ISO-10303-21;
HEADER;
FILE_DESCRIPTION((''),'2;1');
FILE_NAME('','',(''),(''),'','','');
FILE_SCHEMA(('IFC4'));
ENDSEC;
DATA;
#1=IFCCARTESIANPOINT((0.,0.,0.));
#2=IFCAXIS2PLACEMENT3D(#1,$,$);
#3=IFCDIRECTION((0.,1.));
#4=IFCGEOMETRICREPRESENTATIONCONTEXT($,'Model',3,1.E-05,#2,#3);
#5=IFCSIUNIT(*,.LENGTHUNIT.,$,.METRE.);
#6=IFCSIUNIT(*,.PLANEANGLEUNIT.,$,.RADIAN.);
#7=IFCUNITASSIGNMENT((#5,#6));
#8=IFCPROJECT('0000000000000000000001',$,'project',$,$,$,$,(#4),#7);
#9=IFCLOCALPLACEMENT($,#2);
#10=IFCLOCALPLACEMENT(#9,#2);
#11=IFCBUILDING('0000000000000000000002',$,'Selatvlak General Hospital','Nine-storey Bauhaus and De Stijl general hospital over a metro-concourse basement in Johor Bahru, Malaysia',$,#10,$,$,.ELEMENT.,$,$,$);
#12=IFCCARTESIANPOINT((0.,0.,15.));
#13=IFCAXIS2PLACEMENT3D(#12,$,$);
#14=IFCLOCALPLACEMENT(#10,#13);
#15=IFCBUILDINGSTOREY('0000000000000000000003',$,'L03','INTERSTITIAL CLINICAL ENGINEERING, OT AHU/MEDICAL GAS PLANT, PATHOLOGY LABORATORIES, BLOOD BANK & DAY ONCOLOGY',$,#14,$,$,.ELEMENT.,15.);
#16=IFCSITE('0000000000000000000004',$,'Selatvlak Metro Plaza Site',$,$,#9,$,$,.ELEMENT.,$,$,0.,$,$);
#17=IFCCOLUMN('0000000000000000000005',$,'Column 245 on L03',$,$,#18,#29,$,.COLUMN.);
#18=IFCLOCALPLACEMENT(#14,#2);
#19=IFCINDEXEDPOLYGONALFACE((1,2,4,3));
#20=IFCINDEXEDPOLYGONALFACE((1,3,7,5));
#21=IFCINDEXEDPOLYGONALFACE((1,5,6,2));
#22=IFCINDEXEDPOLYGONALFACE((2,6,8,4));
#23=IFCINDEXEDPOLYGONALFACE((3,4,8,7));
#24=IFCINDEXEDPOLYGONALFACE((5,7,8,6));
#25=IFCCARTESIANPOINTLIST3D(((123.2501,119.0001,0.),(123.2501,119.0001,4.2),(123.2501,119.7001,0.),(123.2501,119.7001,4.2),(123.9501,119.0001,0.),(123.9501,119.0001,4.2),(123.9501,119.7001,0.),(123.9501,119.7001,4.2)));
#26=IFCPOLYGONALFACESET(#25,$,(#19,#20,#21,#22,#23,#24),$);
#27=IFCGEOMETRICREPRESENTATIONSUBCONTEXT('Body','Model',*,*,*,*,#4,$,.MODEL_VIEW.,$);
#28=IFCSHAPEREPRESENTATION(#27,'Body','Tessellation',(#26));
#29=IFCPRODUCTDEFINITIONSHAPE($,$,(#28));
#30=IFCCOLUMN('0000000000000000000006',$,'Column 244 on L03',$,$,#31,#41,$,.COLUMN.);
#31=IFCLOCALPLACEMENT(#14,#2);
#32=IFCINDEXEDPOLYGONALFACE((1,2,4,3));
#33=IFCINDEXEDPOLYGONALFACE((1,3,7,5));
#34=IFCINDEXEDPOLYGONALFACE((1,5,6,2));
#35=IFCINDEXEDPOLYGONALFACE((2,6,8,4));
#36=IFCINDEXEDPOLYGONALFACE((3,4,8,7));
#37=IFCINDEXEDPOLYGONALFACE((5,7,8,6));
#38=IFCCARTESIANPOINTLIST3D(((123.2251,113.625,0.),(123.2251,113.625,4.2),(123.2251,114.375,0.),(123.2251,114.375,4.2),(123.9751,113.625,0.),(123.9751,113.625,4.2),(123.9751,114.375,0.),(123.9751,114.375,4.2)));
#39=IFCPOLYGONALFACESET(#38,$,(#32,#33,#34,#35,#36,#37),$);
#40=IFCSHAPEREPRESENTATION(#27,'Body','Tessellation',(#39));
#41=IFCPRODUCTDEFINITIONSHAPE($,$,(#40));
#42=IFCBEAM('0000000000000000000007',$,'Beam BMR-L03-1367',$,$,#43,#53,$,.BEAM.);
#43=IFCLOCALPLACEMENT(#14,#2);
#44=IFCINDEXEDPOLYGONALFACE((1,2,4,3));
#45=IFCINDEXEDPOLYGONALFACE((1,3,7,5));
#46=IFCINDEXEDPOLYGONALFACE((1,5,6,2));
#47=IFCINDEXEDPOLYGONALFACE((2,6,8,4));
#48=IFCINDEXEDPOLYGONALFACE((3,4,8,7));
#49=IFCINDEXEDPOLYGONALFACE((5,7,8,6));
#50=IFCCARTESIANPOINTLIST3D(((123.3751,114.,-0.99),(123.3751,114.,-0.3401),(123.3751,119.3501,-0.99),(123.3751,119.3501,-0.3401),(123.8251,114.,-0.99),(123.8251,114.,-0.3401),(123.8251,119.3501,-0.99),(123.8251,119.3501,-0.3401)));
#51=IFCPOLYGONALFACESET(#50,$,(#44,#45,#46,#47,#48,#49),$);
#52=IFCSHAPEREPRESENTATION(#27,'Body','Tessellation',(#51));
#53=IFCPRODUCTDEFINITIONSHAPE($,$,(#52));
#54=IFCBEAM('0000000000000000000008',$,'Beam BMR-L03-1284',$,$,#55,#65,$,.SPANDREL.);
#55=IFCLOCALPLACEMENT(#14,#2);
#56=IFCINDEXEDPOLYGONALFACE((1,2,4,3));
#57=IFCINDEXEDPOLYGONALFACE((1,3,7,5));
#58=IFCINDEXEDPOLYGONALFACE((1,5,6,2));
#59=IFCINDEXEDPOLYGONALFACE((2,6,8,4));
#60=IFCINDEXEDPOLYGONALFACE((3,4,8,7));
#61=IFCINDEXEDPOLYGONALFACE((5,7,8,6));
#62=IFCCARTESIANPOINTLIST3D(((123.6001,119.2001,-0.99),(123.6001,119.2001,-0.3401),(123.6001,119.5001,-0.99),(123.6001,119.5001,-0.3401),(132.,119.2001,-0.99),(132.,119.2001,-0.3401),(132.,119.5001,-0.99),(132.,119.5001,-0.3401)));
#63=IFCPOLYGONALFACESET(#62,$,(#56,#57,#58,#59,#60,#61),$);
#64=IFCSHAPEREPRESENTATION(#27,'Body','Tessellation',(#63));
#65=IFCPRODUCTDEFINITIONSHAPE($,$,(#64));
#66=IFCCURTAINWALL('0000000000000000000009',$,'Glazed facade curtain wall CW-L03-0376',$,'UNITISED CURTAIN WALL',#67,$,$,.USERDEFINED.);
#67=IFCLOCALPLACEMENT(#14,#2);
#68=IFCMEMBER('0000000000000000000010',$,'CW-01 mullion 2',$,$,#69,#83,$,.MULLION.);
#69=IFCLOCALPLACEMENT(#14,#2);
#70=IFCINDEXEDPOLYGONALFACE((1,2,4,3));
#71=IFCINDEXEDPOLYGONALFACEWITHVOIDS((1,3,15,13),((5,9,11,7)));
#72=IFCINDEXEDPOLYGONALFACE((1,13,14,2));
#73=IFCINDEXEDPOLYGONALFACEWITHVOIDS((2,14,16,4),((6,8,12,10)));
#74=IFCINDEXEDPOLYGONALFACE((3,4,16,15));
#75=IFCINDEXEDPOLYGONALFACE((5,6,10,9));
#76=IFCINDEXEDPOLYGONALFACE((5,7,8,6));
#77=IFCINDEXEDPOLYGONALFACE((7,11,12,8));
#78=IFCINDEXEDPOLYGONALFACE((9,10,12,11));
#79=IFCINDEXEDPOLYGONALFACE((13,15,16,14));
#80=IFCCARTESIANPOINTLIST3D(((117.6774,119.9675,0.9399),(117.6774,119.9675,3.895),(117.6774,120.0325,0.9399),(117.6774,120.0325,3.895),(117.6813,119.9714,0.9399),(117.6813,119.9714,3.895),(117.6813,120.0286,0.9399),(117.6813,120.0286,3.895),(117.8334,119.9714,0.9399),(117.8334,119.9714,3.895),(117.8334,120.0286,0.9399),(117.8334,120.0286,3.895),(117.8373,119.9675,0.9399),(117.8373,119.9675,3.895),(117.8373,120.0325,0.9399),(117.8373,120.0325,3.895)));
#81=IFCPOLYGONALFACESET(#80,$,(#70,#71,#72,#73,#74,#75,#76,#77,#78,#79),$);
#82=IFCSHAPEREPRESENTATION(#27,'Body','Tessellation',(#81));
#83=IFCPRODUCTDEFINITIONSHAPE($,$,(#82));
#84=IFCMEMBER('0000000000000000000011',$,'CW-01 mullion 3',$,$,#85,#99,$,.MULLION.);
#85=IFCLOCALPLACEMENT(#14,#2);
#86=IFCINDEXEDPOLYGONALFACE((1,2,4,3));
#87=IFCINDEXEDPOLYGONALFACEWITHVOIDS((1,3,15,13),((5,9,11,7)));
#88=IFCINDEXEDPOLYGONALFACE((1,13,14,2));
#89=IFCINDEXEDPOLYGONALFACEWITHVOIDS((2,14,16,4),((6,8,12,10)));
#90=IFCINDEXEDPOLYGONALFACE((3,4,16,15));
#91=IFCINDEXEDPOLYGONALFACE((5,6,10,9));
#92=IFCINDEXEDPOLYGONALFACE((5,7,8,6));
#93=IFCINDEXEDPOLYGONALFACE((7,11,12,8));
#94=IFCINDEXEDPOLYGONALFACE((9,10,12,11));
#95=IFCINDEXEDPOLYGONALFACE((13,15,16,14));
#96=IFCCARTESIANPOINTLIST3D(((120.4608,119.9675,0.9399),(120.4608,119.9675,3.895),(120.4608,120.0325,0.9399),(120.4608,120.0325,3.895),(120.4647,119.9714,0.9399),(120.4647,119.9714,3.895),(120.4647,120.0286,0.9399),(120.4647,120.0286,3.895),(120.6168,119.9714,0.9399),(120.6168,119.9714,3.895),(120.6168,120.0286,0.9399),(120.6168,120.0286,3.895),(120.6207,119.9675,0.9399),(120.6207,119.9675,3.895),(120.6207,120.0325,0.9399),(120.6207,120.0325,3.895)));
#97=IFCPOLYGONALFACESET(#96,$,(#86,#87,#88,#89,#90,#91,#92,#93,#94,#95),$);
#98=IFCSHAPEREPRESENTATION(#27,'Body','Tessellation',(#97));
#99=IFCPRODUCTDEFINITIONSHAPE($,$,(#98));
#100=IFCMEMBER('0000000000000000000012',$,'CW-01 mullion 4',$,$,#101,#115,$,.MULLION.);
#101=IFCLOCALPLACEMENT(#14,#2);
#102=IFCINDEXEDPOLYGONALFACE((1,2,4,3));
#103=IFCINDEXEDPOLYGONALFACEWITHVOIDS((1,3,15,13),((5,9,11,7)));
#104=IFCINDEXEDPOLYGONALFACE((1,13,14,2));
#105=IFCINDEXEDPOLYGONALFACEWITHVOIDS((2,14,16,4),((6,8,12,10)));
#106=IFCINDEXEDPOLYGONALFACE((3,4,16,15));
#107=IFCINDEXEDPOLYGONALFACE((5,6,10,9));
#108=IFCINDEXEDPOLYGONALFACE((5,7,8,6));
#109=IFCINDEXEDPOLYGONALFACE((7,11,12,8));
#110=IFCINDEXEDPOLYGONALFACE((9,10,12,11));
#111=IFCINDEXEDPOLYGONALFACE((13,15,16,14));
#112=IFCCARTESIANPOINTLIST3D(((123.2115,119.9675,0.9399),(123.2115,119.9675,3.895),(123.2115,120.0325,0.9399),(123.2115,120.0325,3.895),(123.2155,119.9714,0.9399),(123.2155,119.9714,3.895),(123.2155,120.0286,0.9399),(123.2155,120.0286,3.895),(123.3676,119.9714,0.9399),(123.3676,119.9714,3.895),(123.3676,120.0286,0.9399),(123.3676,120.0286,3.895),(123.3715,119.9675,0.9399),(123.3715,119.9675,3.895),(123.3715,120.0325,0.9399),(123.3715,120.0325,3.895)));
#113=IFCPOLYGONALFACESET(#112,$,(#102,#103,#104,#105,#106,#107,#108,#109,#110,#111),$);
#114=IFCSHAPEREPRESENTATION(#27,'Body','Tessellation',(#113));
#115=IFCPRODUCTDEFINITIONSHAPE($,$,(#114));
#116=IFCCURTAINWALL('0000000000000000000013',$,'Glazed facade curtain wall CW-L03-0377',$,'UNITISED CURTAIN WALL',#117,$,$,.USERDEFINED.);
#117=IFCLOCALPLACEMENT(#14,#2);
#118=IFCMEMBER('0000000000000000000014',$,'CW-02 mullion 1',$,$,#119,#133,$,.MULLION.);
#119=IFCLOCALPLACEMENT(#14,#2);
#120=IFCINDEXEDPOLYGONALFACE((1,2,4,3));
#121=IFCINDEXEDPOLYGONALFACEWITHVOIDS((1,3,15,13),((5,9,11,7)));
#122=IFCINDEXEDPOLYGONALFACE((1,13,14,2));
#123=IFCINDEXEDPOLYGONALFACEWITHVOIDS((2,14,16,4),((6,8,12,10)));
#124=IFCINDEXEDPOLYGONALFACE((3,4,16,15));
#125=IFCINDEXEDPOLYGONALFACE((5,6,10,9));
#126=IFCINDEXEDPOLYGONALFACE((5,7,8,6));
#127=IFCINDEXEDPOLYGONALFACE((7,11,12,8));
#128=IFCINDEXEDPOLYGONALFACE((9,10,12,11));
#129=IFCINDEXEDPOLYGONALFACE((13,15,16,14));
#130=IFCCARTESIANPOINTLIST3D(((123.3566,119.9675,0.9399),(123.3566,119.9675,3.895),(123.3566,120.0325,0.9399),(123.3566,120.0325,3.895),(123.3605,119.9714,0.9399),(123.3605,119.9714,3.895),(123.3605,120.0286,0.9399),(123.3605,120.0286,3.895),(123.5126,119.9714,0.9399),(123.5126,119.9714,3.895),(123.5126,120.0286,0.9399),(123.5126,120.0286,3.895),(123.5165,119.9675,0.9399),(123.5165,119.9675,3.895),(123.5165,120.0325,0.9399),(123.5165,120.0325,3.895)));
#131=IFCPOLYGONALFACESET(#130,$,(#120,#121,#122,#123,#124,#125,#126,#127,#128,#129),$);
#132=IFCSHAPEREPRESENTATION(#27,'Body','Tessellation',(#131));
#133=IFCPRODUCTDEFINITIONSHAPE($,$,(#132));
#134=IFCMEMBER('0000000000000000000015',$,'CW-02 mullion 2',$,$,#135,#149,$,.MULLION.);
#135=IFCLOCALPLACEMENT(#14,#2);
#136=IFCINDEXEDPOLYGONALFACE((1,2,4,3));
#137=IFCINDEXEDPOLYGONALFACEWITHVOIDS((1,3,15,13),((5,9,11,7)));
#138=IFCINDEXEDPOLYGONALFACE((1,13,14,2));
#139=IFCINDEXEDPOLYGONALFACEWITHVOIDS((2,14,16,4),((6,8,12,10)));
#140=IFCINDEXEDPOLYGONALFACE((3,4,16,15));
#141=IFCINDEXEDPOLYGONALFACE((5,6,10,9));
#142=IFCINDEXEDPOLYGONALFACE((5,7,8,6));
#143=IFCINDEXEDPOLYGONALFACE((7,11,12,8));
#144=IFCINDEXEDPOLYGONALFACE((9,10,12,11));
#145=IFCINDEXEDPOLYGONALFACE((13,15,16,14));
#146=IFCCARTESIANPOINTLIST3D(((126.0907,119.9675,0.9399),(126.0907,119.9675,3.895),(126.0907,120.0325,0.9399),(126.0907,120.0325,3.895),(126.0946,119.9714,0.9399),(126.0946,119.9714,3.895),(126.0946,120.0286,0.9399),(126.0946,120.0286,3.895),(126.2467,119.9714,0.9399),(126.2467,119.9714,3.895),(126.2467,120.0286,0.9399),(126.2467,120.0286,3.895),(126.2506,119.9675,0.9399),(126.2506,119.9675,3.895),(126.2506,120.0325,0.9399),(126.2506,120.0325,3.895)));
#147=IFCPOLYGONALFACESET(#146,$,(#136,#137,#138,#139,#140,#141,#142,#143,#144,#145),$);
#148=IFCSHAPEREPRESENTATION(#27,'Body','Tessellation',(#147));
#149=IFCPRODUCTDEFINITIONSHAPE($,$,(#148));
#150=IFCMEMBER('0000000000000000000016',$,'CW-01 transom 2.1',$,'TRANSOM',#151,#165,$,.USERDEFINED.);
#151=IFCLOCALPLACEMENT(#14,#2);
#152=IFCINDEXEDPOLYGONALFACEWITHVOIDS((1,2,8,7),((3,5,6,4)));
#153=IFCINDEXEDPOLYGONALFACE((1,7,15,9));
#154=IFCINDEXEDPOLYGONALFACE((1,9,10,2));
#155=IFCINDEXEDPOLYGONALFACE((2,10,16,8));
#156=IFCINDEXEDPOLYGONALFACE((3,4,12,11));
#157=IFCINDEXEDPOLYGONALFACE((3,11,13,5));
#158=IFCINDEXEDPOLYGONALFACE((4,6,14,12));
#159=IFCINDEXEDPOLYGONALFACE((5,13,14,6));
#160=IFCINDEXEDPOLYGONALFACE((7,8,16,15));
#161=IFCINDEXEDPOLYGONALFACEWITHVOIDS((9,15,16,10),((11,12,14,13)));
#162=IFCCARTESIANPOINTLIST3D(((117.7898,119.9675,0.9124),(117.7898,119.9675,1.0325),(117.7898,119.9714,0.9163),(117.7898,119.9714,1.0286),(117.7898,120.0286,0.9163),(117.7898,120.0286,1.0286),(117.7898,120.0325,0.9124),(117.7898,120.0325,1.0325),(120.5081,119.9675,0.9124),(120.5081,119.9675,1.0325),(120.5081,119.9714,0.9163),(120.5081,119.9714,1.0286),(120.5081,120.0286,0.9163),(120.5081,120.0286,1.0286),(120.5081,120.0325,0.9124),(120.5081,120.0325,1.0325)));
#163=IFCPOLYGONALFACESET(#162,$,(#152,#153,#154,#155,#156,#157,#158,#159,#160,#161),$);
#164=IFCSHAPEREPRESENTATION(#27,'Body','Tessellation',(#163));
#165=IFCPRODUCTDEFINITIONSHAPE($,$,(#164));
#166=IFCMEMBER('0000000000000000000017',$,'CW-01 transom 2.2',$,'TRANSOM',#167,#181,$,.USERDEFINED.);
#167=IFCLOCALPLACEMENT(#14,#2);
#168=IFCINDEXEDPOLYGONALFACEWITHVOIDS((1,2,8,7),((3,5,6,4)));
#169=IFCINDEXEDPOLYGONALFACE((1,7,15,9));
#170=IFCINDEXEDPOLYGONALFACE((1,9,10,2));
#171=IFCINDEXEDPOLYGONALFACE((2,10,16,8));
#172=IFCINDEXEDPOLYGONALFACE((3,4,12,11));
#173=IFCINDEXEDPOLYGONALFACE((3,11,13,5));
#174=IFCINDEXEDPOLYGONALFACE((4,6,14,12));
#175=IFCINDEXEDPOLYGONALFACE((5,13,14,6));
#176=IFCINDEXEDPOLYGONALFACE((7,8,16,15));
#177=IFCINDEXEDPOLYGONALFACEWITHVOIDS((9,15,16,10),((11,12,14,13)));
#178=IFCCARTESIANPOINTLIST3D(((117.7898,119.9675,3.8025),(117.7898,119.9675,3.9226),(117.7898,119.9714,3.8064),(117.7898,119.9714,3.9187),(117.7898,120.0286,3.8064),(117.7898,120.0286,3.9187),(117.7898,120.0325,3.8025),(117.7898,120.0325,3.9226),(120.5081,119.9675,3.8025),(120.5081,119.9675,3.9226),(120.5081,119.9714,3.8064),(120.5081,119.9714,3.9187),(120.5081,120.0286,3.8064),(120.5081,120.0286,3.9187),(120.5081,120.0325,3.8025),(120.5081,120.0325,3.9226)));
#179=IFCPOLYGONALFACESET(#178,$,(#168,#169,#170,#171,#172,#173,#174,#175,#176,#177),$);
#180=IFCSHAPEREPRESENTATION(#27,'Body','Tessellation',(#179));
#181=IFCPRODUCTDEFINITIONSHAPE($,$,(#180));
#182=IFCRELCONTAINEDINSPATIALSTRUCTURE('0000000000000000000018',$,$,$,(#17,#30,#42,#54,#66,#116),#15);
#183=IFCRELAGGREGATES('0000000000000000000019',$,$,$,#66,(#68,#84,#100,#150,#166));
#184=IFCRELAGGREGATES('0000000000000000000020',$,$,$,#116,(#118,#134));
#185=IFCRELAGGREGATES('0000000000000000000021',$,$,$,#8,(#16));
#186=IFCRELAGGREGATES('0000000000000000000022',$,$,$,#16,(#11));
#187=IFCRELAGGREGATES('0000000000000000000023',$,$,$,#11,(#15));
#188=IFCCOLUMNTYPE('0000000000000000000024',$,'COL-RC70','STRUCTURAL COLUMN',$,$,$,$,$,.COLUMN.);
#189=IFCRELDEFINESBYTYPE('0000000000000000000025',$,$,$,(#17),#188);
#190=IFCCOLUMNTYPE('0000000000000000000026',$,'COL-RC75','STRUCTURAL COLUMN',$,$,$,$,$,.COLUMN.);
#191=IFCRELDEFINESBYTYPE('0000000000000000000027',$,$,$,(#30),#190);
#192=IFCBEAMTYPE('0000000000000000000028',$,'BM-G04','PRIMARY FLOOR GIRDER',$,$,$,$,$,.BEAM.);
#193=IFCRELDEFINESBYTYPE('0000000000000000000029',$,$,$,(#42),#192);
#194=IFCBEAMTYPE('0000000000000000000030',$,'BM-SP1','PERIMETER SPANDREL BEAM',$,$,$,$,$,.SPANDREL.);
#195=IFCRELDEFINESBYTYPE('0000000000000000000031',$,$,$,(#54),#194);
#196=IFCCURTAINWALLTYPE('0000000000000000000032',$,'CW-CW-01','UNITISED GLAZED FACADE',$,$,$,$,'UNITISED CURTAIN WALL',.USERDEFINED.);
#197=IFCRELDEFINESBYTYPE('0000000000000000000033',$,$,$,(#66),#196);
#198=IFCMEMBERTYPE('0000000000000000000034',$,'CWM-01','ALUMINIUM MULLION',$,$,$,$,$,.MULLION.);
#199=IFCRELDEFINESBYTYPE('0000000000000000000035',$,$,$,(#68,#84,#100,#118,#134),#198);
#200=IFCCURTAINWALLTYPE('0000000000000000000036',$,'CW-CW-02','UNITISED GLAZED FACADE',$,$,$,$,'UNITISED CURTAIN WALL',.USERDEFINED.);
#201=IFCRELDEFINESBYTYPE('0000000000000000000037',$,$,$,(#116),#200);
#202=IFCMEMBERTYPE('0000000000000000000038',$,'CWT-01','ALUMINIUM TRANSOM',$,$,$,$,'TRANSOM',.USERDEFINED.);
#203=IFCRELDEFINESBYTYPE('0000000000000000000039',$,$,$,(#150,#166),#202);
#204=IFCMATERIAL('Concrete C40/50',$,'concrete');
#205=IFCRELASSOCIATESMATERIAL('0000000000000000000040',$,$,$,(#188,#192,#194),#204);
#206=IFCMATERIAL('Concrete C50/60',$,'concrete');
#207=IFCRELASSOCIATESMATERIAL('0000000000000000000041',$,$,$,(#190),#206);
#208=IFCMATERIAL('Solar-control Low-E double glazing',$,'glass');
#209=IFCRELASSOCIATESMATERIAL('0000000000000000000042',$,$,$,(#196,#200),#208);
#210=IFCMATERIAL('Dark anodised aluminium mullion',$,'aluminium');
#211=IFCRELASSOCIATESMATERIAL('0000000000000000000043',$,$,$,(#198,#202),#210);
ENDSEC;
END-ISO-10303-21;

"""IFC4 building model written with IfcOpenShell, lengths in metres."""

from ifc_helpers import new_model, si_unit, direction, frame, origin, origin_2d, place, context, subcontext, project, spatial, rectangle, hollow_rectangle, extrude, material, material_profile, profile_set, type_object, element, aggregate, save


model = new_model("IFC4")

# Units and contexts
model_context = context("Model", 3, precision=1e-05, world=origin(), true_north=direction((0.0, 1.0)))
body_context = subcontext(model_context, "Body", "Model", "MODEL_VIEW")
ifc_project = project(units=[si_unit("LENGTHUNIT", "METRE"), si_unit("PLANEANGLEUNIT", "RADIAN")], contexts=[model_context])

# Site, building, storey
site_placement = place(None, origin())
site = spatial("IfcSite", under=ifc_project, at=site_placement, Name="Selatvlak Metro Plaza Site", CompositionType="ELEMENT", RefElevation=0.0)
building_placement = place(site_placement, origin())
building = spatial("IfcBuilding", under=site, at=building_placement, Name="Selatvlak General Hospital", Description="Nine-storey Bauhaus and De Stijl general hospital over a metro-concourse basement in Johor Bahru, Malaysia", CompositionType="ELEMENT")
storey_placement = place(building_placement, frame((0.0, 0.0, 15.0)))
storey = spatial("IfcBuildingStorey", under=building, at=storey_placement, Name="L03", Description="INTERSTITIAL CLINICAL ENGINEERING, OT AHU/MEDICAL GAS PLANT, PATHOLOGY LABORATORIES, BLOOD BANK & DAY ONCOLOGY", CompositionType="ELEMENT", Elevation=15.0)

# Columns
ifc_material_1 = material(Name="Concrete C40/50", Category="concrete")
ifc_material_profile_1 = material_profile(ifc_material_1, rectangle(XDim=0.7, YDim=0.7, at=origin_2d()), Name="RC-COL 700x700")
ifc_profile_set_1 = profile_set([ifc_material_profile_1], Name="Concrete C40/50")
column_type_1 = type_object("IfcColumnType", Name="COL-RC70", Description="STRUCTURAL COLUMN", PredefinedType="COLUMN", material=ifc_profile_set_1)
column_1_placement = place(storey_placement, frame((123.6001, 119.3501, 0.0), z_axis=(0.0, 0.0, 1.0), x_axis=(1.0, 0.0, 0.0)))
element("IfcColumn", 1, at=column_1_placement, inside=storey, type_object=column_type_1, Name="Column 245 on L03", PredefinedType="COLUMN", context=body_context, shape_type="SweptSolid", body=[
    extrude(rectangle(XDim=0.7, YDim=0.7, at=origin_2d()), origin(), (0.0, 0.0, 1.0), 4.2),
])
ifc_material_2 = material(Name="Concrete C50/60", Category="concrete")
ifc_material_profile_2 = material_profile(ifc_material_2, rectangle(XDim=0.75, YDim=0.75, at=origin_2d()), Name="RC-COL 750x750")
ifc_profile_set_2 = profile_set([ifc_material_profile_2], Name="Concrete C50/60")
column_type_2 = type_object("IfcColumnType", Name="COL-RC75", Description="STRUCTURAL COLUMN", PredefinedType="COLUMN", material=ifc_profile_set_2)
column_2_placement = place(storey_placement, frame((123.6001, 114.0, 0.0), z_axis=(0.0, 0.0, 1.0), x_axis=(1.0, 0.0, 0.0)))
element("IfcColumn", 2, at=column_2_placement, inside=storey, type_object=column_type_2, Name="Column 244 on L03", PredefinedType="COLUMN", context=body_context, shape_type="SweptSolid", body=[
    extrude(rectangle(XDim=0.75, YDim=0.75, at=origin_2d()), origin(), (0.0, 0.0, 1.0), 4.2),
])

# Beams
ifc_material_profile_3 = material_profile(ifc_material_1, rectangle(XDim=0.45, YDim=0.6499, at=origin_2d()), Name="RC-BM 450x650")
ifc_profile_set_3 = profile_set([ifc_material_profile_3], Name="Concrete C40/50")
beam_type_1 = type_object("IfcBeamType", Name="BM-G04", Description="PRIMARY FLOOR GIRDER", PredefinedType="BEAM", material=ifc_profile_set_3)
beam_1_placement = place(storey_placement, frame((123.6001, 114.0, -0.665), z_axis=(0.0, 1.0, 0.0), x_axis=(-1.0, 0.0, 0.0)))
element("IfcBeam", 3, at=beam_1_placement, inside=storey, type_object=beam_type_1, Name="Beam BMR-L03-1367", PredefinedType="BEAM", context=body_context, shape_type="SweptSolid", body=[
    extrude(rectangle(XDim=0.45, YDim=0.6499, at=origin_2d()), origin(), (0.0, 0.0, 1.0), 5.3501),
])
ifc_material_profile_4 = material_profile(ifc_material_1, rectangle(XDim=0.3, YDim=0.6499, at=origin_2d()), Name="RC-SP 300x650")
ifc_profile_set_4 = profile_set([ifc_material_profile_4], Name="Concrete C40/50")
beam_type_2 = type_object("IfcBeamType", Name="BM-SP1", Description="PERIMETER SPANDREL BEAM", PredefinedType="SPANDREL", material=ifc_profile_set_4)
beam_2_placement = place(storey_placement, frame((123.6001, 119.3501, -0.665), z_axis=(1.0, 0.0, 0.0), x_axis=(0.0, 1.0, 0.0)))
element("IfcBeam", 4, at=beam_2_placement, inside=storey, type_object=beam_type_2, Name="Beam BMR-L03-1284", PredefinedType="SPANDREL", context=body_context, shape_type="SweptSolid", body=[
    extrude(rectangle(XDim=0.3, YDim=0.6499, at=origin_2d()), origin(), (0.0, 0.0, 1.0), 8.3999),
])

# Curtain walls, members
ifc_material_3 = material(Name="Solar-control Low-E double glazing", Category="glass")
curtain_wall_type_1 = type_object("IfcCurtainWallType", Name="CW-CW-01", Description="UNITISED GLAZED FACADE", ElementType="UNITISED CURTAIN WALL", PredefinedType="USERDEFINED", material=ifc_material_3)
curtain_wall_1_placement = place(storey_placement, origin())
curtain_wall_1 = element("IfcCurtainWall", 5, at=curtain_wall_1_placement, inside=storey, type_object=curtain_wall_type_1, Name="Glazed facade curtain wall CW-L03-0376", ObjectType="UNITISED CURTAIN WALL", PredefinedType="USERDEFINED")
ifc_material_4 = material(Name="Dark anodised aluminium mullion", Category="aluminium")
ifc_material_profile_5 = material_profile(ifc_material_4, hollow_rectangle(XDim=0.0649, YDim=0.1599, WallThickness=0.0039, at=origin_2d()), Name="AL-MUL 65x160x4")
ifc_profile_set_5 = profile_set([ifc_material_profile_5], Name="Dark anodised aluminium mullion")
member_type_1 = type_object("IfcMemberType", Name="CWM-01", Description="ALUMINIUM MULLION", PredefinedType="MULLION", material=ifc_profile_set_5)
member_1_placement = place(storey_placement, frame((117.7573, 120.0, 0.9399), z_axis=(0.0, 0.0, 1.0), x_axis=(0.0, 1.0, 0.0)))
member_1 = element("IfcMember", 6, at=member_1_placement, type_object=member_type_1, Name="CW-01 mullion 2", PredefinedType="MULLION", context=body_context, shape_type="SweptSolid", body=[
    extrude(hollow_rectangle(XDim=0.0649, YDim=0.1599, WallThickness=0.0039, at=origin_2d()), origin(), (0.0, 0.0, 1.0), 2.9551),
])
member_2_placement = place(storey_placement, frame((120.5408, 120.0, 0.9399), z_axis=(0.0, 0.0, 1.0), x_axis=(0.0, 1.0, 0.0)))
member_2 = element("IfcMember", 7, at=member_2_placement, type_object=member_type_1, Name="CW-01 mullion 3", PredefinedType="MULLION", context=body_context, shape_type="SweptSolid", body=[
    extrude(hollow_rectangle(XDim=0.0649, YDim=0.1599, WallThickness=0.0039, at=origin_2d()), origin(), (0.0, 0.0, 1.0), 2.9551),
])
member_3_placement = place(storey_placement, frame((123.2915, 120.0, 0.9399), z_axis=(0.0, 0.0, 1.0), x_axis=(0.0, 1.0, 0.0)))
member_3 = element("IfcMember", 8, at=member_3_placement, type_object=member_type_1, Name="CW-01 mullion 4", PredefinedType="MULLION", context=body_context, shape_type="SweptSolid", body=[
    extrude(hollow_rectangle(XDim=0.0649, YDim=0.1599, WallThickness=0.0039, at=origin_2d()), origin(), (0.0, 0.0, 1.0), 2.9551),
])
curtain_wall_type_2 = type_object("IfcCurtainWallType", Name="CW-CW-02", Description="UNITISED GLAZED FACADE", ElementType="UNITISED CURTAIN WALL", PredefinedType="USERDEFINED", material=ifc_material_3)
curtain_wall_2_placement = place(storey_placement, origin())
curtain_wall_2 = element("IfcCurtainWall", 9, at=curtain_wall_2_placement, inside=storey, type_object=curtain_wall_type_2, Name="Glazed facade curtain wall CW-L03-0377", ObjectType="UNITISED CURTAIN WALL", PredefinedType="USERDEFINED")
member_4_placement = place(storey_placement, frame((123.4365, 120.0, 0.9399), z_axis=(0.0, 0.0, 1.0), x_axis=(0.0, 1.0, 0.0)))
member_4 = element("IfcMember", 10, at=member_4_placement, type_object=member_type_1, Name="CW-02 mullion 1", PredefinedType="MULLION", context=body_context, shape_type="SweptSolid", body=[
    extrude(hollow_rectangle(XDim=0.0649, YDim=0.1599, WallThickness=0.0039, at=origin_2d()), origin(), (0.0, 0.0, 1.0), 2.9551),
])
member_5_placement = place(storey_placement, frame((126.1707, 120.0, 0.9399), z_axis=(0.0, 0.0, 1.0), x_axis=(0.0, 1.0, 0.0)))
member_5 = element("IfcMember", 11, at=member_5_placement, type_object=member_type_1, Name="CW-02 mullion 2", PredefinedType="MULLION", context=body_context, shape_type="SweptSolid", body=[
    extrude(hollow_rectangle(XDim=0.0649, YDim=0.1599, WallThickness=0.0039, at=origin_2d()), origin(), (0.0, 0.0, 1.0), 2.9551),
])

# Members
ifc_material_profile_6 = material_profile(ifc_material_4, hollow_rectangle(XDim=0.0649, YDim=0.1201, WallThickness=0.0039, at=origin_2d()), Name="AL-TRN 65x120x4")
ifc_profile_set_6 = profile_set([ifc_material_profile_6], Name="Dark anodised aluminium mullion")
member_type_2 = type_object("IfcMemberType", Name="CWT-01", Description="ALUMINIUM TRANSOM", ElementType="TRANSOM", PredefinedType="USERDEFINED", material=ifc_profile_set_6)
member_6_placement = place(storey_placement, frame((117.7898, 120.0, 0.9724), z_axis=(1.0, 0.0, 0.0), x_axis=(0.0, 1.0, 0.0)))
member_6 = element("IfcMember", 12, at=member_6_placement, type_object=member_type_2, Name="CW-01 transom 2.1", ObjectType="TRANSOM", PredefinedType="USERDEFINED", context=body_context, shape_type="SweptSolid", body=[
    extrude(hollow_rectangle(XDim=0.0649, YDim=0.1201, WallThickness=0.0039, at=origin_2d()), origin(), (0.0, 0.0, 1.0), 2.7183),
])
member_7_placement = place(storey_placement, frame((117.7898, 120.0, 3.8625), z_axis=(1.0, 0.0, 0.0), x_axis=(0.0, 1.0, 0.0)))
member_7 = element("IfcMember", 13, at=member_7_placement, type_object=member_type_2, Name="CW-01 transom 2.2", ObjectType="TRANSOM", PredefinedType="USERDEFINED", context=body_context, shape_type="SweptSolid", body=[
    extrude(hollow_rectangle(XDim=0.0649, YDim=0.1201, WallThickness=0.0039, at=origin_2d()), origin(), (0.0, 0.0, 1.0), 2.7183),
])

aggregate(curtain_wall_1, [member_1, member_2, member_3, member_6, member_7])
aggregate(curtain_wall_2, [member_4, member_5])

save(model, "model.ifc")
